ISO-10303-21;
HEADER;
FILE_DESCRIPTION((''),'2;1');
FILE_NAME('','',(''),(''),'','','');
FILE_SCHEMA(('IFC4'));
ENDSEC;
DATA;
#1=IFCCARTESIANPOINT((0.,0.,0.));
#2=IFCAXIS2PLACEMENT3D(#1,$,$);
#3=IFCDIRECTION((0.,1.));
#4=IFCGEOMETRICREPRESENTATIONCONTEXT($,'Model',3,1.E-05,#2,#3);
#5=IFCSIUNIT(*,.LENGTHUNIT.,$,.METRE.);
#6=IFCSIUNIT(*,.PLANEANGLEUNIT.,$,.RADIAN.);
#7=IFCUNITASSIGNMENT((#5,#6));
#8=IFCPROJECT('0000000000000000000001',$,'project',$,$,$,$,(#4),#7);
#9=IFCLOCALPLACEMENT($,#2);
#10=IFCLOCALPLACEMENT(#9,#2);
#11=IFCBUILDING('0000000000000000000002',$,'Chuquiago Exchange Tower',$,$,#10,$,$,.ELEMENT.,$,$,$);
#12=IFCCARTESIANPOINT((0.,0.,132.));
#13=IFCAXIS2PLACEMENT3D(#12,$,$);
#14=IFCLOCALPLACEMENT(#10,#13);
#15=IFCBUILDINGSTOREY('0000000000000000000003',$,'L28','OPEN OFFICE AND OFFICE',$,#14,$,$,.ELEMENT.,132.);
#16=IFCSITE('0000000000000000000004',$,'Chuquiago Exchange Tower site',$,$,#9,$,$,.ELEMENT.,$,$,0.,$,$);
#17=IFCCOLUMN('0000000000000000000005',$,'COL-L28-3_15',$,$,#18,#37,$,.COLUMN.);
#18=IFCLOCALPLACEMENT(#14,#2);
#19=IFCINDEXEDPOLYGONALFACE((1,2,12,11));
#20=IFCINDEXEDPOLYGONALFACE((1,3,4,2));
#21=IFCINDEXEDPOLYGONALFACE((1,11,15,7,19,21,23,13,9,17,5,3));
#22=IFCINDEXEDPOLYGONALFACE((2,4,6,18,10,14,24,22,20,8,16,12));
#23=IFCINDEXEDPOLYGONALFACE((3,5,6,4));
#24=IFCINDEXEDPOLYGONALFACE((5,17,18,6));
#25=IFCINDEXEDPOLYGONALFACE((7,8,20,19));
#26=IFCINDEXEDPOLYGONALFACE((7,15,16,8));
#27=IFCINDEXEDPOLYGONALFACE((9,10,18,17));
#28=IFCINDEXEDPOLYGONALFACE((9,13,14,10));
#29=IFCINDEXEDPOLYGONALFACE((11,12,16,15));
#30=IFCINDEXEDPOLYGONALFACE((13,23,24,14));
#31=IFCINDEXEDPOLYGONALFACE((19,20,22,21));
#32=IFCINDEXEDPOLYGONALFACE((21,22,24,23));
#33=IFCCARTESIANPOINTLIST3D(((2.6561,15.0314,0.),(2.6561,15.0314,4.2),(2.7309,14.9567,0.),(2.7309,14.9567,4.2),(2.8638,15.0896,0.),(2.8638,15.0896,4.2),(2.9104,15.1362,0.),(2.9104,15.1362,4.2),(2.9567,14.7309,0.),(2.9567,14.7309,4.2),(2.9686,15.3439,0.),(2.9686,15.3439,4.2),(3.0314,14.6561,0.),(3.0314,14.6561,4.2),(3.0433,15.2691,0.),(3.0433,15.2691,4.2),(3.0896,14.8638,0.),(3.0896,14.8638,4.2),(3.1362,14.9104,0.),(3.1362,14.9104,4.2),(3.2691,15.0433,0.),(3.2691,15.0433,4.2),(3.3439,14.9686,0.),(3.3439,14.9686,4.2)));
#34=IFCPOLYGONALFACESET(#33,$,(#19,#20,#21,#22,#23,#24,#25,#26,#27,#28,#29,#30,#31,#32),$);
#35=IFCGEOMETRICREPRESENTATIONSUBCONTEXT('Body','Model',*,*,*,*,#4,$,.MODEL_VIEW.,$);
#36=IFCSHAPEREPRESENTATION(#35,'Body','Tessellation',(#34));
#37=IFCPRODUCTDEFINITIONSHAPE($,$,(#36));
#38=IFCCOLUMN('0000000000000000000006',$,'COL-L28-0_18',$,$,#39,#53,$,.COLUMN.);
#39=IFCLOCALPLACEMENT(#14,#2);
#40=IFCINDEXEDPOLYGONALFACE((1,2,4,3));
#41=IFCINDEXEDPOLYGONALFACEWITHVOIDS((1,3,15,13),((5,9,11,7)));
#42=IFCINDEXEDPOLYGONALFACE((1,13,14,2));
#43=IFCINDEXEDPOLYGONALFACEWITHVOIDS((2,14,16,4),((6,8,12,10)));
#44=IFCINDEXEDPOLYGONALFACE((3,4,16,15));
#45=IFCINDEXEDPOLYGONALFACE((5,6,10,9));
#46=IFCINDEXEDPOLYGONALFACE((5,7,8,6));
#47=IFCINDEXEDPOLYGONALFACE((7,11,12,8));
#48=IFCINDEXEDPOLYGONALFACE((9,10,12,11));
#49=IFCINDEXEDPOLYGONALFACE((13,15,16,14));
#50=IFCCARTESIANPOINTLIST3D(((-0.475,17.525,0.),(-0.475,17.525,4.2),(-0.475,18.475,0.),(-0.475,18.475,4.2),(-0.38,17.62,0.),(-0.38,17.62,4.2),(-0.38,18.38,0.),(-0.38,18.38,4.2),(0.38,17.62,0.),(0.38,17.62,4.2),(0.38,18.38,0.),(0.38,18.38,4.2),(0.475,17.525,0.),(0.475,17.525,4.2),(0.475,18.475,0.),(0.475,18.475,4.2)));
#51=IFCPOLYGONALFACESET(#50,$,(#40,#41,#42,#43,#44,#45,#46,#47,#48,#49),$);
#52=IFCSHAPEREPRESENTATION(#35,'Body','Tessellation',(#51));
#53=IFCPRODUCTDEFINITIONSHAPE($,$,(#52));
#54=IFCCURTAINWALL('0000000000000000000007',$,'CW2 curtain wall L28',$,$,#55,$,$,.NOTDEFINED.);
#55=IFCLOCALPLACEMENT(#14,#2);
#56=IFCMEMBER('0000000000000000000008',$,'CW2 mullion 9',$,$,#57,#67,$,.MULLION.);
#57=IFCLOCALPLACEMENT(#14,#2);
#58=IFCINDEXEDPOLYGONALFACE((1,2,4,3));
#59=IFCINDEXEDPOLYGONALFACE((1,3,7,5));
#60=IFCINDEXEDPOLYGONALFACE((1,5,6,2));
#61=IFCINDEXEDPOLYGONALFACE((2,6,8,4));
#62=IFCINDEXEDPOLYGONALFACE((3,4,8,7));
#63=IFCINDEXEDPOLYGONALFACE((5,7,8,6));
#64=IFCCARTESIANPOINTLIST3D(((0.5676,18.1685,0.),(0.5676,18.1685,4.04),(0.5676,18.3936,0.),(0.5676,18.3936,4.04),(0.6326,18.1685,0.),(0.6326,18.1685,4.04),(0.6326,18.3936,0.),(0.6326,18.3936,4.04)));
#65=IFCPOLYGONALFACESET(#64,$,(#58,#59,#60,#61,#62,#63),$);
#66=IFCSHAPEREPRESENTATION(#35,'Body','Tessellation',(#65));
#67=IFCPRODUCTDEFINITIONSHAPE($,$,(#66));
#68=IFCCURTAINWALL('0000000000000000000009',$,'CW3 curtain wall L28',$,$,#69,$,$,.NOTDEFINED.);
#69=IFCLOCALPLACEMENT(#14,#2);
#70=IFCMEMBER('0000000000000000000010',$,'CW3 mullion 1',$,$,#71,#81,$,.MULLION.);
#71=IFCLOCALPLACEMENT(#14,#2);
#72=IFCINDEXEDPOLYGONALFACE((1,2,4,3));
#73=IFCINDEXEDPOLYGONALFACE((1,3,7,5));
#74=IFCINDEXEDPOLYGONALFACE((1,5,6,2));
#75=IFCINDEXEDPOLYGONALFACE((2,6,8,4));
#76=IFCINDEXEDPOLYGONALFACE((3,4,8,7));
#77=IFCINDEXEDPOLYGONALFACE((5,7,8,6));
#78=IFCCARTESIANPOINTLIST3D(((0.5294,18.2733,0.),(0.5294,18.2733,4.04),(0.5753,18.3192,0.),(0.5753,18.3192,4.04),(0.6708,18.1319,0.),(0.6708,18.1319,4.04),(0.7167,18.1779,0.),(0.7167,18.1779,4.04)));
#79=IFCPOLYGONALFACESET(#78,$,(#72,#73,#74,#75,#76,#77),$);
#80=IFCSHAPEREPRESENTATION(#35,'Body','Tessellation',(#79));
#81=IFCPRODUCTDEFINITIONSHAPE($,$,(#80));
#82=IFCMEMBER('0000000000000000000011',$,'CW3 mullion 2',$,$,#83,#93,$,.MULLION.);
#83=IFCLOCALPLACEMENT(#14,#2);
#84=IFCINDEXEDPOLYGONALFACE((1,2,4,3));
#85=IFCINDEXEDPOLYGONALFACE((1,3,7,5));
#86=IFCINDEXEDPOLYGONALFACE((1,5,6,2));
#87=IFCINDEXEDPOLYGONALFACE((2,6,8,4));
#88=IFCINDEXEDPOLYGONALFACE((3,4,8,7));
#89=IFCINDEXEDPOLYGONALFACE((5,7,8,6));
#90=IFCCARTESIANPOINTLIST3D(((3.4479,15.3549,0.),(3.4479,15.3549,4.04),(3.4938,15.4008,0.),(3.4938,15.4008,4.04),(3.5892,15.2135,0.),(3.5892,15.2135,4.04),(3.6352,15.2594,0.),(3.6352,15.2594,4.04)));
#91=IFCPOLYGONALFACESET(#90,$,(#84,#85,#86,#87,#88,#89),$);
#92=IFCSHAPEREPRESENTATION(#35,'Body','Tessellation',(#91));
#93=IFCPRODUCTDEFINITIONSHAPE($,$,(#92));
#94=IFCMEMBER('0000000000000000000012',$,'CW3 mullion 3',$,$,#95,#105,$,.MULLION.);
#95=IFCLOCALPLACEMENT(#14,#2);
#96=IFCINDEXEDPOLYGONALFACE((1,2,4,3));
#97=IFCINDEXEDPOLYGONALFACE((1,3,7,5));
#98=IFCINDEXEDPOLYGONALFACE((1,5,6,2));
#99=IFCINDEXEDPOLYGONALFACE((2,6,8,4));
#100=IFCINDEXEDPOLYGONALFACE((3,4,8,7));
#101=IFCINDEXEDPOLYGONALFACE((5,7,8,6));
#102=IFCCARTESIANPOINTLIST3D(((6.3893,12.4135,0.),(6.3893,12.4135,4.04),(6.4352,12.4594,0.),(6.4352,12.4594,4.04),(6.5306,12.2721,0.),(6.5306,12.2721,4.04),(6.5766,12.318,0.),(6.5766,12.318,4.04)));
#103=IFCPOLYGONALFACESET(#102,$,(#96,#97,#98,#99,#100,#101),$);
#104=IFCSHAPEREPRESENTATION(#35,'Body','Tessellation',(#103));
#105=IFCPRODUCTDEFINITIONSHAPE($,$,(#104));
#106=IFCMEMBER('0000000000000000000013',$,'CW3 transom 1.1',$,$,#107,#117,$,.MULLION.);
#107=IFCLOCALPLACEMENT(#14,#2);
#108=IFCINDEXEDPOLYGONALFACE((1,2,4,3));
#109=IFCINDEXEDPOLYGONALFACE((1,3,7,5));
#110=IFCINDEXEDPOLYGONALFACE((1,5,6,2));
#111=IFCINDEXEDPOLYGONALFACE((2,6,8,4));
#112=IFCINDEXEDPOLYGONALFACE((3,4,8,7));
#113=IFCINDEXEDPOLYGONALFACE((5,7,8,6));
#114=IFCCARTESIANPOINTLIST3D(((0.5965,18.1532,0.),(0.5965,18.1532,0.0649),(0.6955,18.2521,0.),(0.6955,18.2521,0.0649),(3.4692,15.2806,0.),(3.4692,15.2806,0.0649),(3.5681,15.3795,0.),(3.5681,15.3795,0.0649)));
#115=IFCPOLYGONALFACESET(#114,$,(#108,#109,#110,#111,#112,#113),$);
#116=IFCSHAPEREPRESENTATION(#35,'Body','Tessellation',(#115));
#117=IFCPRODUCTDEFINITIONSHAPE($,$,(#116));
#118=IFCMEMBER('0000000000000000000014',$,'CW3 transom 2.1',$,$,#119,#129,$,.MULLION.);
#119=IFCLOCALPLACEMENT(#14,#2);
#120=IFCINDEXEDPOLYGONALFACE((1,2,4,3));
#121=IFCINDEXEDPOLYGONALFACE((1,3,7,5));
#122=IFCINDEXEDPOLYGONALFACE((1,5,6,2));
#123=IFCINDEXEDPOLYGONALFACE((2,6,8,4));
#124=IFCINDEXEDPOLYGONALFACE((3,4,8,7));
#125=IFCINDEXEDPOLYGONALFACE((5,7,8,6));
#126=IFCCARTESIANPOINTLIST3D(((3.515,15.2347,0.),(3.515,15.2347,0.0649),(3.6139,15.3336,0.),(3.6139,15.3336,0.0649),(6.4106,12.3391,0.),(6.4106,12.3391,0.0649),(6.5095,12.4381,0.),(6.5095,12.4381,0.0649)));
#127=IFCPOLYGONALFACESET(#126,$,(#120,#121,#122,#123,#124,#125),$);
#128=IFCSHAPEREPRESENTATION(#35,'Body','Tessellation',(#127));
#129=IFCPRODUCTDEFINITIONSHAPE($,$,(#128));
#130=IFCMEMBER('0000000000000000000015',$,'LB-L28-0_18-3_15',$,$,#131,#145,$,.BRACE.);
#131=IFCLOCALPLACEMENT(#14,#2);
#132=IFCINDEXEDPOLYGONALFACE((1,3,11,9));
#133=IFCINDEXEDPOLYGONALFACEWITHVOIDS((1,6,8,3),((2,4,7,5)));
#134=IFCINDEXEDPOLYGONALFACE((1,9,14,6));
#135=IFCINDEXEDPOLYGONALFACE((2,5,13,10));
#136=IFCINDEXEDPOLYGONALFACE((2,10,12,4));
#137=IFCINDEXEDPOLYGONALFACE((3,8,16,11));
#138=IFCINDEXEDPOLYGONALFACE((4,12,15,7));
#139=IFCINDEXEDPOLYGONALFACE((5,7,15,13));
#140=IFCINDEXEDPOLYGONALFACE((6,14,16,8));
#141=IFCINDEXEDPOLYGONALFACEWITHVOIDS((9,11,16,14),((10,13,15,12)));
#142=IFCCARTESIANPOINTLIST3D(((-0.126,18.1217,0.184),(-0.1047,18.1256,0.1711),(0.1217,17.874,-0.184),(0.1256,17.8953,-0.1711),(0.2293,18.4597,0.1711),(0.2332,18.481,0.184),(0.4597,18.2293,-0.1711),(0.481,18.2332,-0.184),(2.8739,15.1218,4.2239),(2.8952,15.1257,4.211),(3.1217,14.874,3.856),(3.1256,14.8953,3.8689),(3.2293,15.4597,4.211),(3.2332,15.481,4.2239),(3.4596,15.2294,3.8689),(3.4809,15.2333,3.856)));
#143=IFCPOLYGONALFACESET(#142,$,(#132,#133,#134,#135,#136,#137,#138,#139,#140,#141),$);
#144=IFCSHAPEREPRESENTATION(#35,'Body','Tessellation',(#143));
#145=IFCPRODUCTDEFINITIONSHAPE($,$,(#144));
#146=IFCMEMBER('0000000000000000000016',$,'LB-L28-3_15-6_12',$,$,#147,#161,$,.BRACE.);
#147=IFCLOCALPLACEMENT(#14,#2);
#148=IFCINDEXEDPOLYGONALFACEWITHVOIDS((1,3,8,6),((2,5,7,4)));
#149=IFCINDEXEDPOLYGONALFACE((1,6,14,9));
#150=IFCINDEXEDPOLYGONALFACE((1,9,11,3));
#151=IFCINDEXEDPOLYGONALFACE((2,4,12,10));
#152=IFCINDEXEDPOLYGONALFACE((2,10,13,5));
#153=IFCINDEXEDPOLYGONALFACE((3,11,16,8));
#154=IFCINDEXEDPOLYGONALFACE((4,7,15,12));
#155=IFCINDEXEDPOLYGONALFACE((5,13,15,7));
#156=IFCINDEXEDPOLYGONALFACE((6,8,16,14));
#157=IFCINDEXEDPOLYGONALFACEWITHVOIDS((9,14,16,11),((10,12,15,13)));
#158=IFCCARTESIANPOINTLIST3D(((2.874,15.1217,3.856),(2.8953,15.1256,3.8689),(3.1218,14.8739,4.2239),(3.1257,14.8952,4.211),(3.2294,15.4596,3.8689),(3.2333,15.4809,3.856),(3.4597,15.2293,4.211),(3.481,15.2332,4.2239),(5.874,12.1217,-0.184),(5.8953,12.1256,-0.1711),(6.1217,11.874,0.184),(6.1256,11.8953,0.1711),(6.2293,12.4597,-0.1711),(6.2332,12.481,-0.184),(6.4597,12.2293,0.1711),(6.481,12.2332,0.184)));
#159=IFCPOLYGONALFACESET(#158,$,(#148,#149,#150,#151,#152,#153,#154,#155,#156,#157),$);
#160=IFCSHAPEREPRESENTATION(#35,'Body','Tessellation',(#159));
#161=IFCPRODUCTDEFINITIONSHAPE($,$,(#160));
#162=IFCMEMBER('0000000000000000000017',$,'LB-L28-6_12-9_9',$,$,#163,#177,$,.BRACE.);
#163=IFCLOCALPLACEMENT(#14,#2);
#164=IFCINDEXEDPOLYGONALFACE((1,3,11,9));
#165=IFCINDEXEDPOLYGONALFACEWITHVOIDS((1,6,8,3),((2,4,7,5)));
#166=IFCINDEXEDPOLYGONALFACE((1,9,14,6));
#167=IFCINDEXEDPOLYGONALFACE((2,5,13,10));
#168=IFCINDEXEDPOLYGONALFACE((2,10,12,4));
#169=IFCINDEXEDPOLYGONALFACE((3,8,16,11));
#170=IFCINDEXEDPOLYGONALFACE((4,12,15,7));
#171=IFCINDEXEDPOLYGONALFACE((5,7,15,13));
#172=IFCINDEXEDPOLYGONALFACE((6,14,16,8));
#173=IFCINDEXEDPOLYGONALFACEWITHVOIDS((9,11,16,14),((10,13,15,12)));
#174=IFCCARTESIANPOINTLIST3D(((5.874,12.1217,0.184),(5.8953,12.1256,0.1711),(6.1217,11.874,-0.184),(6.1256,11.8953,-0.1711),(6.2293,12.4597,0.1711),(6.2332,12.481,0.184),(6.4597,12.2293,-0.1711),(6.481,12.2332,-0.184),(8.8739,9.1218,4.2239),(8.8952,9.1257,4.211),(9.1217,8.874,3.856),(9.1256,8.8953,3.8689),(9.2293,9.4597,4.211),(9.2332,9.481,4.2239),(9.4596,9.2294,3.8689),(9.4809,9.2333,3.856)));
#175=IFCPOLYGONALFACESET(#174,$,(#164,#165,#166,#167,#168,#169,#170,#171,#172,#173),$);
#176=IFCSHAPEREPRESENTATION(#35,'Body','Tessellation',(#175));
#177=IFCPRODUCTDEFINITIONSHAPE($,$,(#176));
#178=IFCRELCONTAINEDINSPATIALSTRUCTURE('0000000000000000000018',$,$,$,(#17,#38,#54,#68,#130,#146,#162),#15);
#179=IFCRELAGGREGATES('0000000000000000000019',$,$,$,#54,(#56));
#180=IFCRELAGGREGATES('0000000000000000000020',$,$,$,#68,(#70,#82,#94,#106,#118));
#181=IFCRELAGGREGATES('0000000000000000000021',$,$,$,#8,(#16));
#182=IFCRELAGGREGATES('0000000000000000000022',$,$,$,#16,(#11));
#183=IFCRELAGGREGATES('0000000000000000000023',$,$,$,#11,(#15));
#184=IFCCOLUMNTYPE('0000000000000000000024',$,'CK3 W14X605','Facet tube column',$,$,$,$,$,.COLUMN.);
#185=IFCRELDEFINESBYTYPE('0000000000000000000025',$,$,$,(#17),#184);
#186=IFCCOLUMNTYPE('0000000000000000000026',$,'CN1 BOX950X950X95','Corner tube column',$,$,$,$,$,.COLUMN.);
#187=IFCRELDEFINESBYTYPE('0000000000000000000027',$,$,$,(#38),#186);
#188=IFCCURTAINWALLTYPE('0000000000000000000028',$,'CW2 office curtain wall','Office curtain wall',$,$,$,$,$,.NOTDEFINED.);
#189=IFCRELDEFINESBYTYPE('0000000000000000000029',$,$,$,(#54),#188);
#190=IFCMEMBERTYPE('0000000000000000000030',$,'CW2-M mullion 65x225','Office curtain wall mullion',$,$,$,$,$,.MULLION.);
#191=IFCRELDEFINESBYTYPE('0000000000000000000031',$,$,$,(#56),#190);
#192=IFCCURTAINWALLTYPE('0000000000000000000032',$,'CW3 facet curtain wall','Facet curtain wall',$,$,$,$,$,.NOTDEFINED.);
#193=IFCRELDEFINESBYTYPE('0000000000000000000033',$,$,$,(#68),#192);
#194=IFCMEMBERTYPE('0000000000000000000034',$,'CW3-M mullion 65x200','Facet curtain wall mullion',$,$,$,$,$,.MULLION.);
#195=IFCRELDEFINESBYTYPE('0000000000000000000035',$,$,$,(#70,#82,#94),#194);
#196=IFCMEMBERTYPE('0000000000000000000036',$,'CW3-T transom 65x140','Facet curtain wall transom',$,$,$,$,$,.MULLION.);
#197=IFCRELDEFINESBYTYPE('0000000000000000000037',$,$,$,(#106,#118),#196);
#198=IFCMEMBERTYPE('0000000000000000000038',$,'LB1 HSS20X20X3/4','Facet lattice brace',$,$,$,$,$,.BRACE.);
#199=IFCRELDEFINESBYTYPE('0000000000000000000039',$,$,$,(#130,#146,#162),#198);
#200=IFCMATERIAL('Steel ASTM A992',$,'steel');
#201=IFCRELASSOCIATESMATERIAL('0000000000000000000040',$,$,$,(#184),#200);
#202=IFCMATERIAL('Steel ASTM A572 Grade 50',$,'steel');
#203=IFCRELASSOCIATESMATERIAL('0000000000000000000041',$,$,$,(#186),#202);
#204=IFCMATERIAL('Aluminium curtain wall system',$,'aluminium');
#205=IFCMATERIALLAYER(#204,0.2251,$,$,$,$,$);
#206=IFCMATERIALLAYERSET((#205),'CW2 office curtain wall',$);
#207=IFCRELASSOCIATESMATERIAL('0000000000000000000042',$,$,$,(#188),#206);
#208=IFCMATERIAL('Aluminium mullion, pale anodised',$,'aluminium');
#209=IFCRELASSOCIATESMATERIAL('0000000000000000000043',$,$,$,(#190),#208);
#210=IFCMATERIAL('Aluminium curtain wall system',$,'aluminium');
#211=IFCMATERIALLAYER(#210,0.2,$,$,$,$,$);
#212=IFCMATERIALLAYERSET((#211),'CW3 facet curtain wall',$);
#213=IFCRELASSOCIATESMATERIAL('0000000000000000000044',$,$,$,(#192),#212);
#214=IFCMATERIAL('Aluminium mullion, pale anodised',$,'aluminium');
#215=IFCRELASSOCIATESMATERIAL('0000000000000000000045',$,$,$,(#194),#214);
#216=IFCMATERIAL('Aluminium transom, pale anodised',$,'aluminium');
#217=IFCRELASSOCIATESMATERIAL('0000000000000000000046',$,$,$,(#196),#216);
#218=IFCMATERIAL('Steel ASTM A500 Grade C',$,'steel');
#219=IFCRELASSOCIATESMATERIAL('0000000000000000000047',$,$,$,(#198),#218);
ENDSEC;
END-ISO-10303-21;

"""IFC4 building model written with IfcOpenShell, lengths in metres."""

from ifc_helpers import new_model, si_unit, direction, frame, origin, origin_2d, place, context, subcontext, project, spatial, rectangle, hollow_rectangle, i_section, extrude, material, layer, layer_set, material_profile, profile_set, type_object, element, aggregate, save


model = new_model("IFC4")

# Units and contexts
model_context = context("Model", 3, precision=1e-05, world=origin(), true_north=direction((0.0, 1.0)))
body_context = subcontext(model_context, "Body", "Model", "MODEL_VIEW")
ifc_project = project(units=[si_unit("LENGTHUNIT", "METRE"), si_unit("PLANEANGLEUNIT", "RADIAN")], contexts=[model_context])

# Site, building, storey
site_placement = place(None, origin())
site = spatial("IfcSite", under=ifc_project, at=site_placement, Name="Chuquiago Exchange Tower site", CompositionType="ELEMENT", RefElevation=0.0)
building_placement = place(site_placement, origin())
building = spatial("IfcBuilding", under=site, at=building_placement, Name="Chuquiago Exchange Tower", CompositionType="ELEMENT")
storey_placement = place(building_placement, frame((0.0, 0.0, 132.0)))
storey = spatial("IfcBuildingStorey", under=building, at=storey_placement, Name="L28", Description="OPEN OFFICE AND OFFICE", CompositionType="ELEMENT", Elevation=132.0)

# Columns
ifc_material_1 = material(Name="Steel ASTM A992", Category="steel")
ifc_material_profile_1 = material_profile(ifc_material_1, i_section(OverallWidth=0.4419, OverallDepth=0.5308, WebThickness=0.0659, FlangeThickness=0.1057, at=origin_2d()), Name="W14X605")
ifc_profile_set_1 = profile_set([ifc_material_profile_1], Name="Steel ASTM A992")
column_type_1 = type_object("IfcColumnType", Name="CK3 W14X605", Description="Facet tube column", PredefinedType="COLUMN", material=ifc_profile_set_1)
column_1_placement = place(storey_placement, frame((3.0, 15.0, 0.0), z_axis=(0.0, 0.0, 1.0), x_axis=(-0.707107, -0.707107, 0.0)))
element("IfcColumn", 1, at=column_1_placement, inside=storey, type_object=column_type_1, Name="COL-L28-3_15", PredefinedType="COLUMN", context=body_context, shape_type="SweptSolid", body=[
    extrude(i_section(OverallWidth=0.4419, OverallDepth=0.5308, WebThickness=0.0659, FlangeThickness=0.1057, at=origin_2d()), origin(), (0.0, 0.0, 1.0), 4.2),
])
ifc_material_2 = material(Name="Steel ASTM A572 Grade 50", Category="steel")
ifc_material_profile_2 = material_profile(ifc_material_2, hollow_rectangle(XDim=0.95, YDim=0.95, WallThickness=0.095, at=origin_2d()), Name="BOX950X950X95")
ifc_profile_set_2 = profile_set([ifc_material_profile_2], Name="Steel ASTM A572 Grade 50")
column_type_2 = type_object("IfcColumnType", Name="CN1 BOX950X950X95", Description="Corner tube column", PredefinedType="COLUMN", material=ifc_profile_set_2)
column_2_placement = place(storey_placement, frame((0.0, 18.0, 0.0), z_axis=(0.0, 0.0, 1.0), x_axis=(-1.0, 0.0, 0.0)))
element("IfcColumn", 2, at=column_2_placement, inside=storey, type_object=column_type_2, Name="COL-L28-0_18", PredefinedType="COLUMN", context=body_context, shape_type="SweptSolid", body=[
    extrude(hollow_rectangle(XDim=0.95, YDim=0.95, WallThickness=0.095, at=origin_2d()), origin(), (0.0, 0.0, 1.0), 4.2),
])

# Curtain wall, member
ifc_material_3 = material(Name="Aluminium curtain wall system", Category="aluminium")
ifc_layer_1 = layer(ifc_material_3, 0.2251)
ifc_layer_set_1 = layer_set([ifc_layer_1], Name="CW2 office curtain wall")
curtain_wall_type_1 = type_object("IfcCurtainWallType", Name="CW2 office curtain wall", Description="Office curtain wall", PredefinedType="NOTDEFINED", material=ifc_layer_set_1)
curtain_wall_1_placement = place(storey_placement, origin())
curtain_wall_1 = element("IfcCurtainWall", 3, at=curtain_wall_1_placement, inside=storey, type_object=curtain_wall_type_1, Name="CW2 curtain wall L28", PredefinedType="NOTDEFINED")
ifc_material_4 = material(Name="Aluminium mullion, pale anodised", Category="aluminium")
ifc_material_profile_3 = material_profile(ifc_material_4, rectangle(XDim=0.0649, YDim=0.2251, at=origin_2d()), Name="AL 65x225")
ifc_profile_set_3 = profile_set([ifc_material_profile_3], Name="Aluminium mullion, pale anodised")
member_type_1 = type_object("IfcMemberType", Name="CW2-M mullion 65x225", Description="Office curtain wall mullion", PredefinedType="MULLION", material=ifc_profile_set_3)
member_1_placement = place(storey_placement, frame((0.6001, 18.281, 0.0), z_axis=(0.0, 0.0, 1.0), x_axis=(1.0, 0.0, 0.0)))
member_1 = element("IfcMember", 4, at=member_1_placement, type_object=member_type_1, Name="CW2 mullion 9", PredefinedType="MULLION", context=body_context, shape_type="SweptSolid", body=[
    extrude(rectangle(XDim=0.0649, YDim=0.2251, at=origin_2d()), origin(), (0.0, 0.0, 1.0), 4.04),
])
aggregate(curtain_wall_1, [member_1])

# Curtain wall, members
ifc_material_5 = material(Name="Aluminium curtain wall system", Category="aluminium")
ifc_layer_2 = layer(ifc_material_5, 0.2)
ifc_layer_set_2 = layer_set([ifc_layer_2], Name="CW3 facet curtain wall")
curtain_wall_type_2 = type_object("IfcCurtainWallType", Name="CW3 facet curtain wall", Description="Facet curtain wall", PredefinedType="NOTDEFINED", material=ifc_layer_set_2)
curtain_wall_2_placement = place(storey_placement, origin())
curtain_wall_2 = element("IfcCurtainWall", 5, at=curtain_wall_2_placement, inside=storey, type_object=curtain_wall_type_2, Name="CW3 curtain wall L28", PredefinedType="NOTDEFINED")
ifc_material_6 = material(Name="Aluminium mullion, pale anodised", Category="aluminium")
ifc_material_profile_4 = material_profile(ifc_material_6, rectangle(XDim=0.0649, YDim=0.2, at=origin_2d()), Name="AL 65x200")
ifc_profile_set_4 = profile_set([ifc_material_profile_4], Name="Aluminium mullion, pale anodised")
member_type_2 = type_object("IfcMemberType", Name="CW3-M mullion 65x200", Description="Facet curtain wall mullion", PredefinedType="MULLION", material=ifc_profile_set_4)
member_2_placement = place(storey_placement, frame((0.623, 18.2256, 0.0), z_axis=(0.0, 0.0, 1.0), x_axis=(0.707107, 0.707107, 0.0)))
member_2 = element("IfcMember", 6, at=member_2_placement, type_object=member_type_2, Name="CW3 mullion 1", PredefinedType="MULLION", context=body_context, shape_type="SweptSolid", body=[
    extrude(rectangle(XDim=0.0649, YDim=0.2, at=origin_2d()), origin(), (0.0, 0.0, 1.0), 4.04),
])
member_3_placement = place(storey_placement, frame((3.5415, 15.3071, 0.0), z_axis=(0.0, 0.0, 1.0), x_axis=(0.707107, 0.707107, 0.0)))
member_3 = element("IfcMember", 7, at=member_3_placement, type_object=member_type_2, Name="CW3 mullion 2", PredefinedType="MULLION", context=body_context, shape_type="SweptSolid", body=[
    extrude(rectangle(XDim=0.0649, YDim=0.2, at=origin_2d()), origin(), (0.0, 0.0, 1.0), 4.04),
])
member_4_placement = place(storey_placement, frame((6.4829, 12.3657, 0.0), z_axis=(0.0, 0.0, 1.0), x_axis=(0.707107, 0.707107, 0.0)))
member_4 = element("IfcMember", 8, at=member_4_placement, type_object=member_type_2, Name="CW3 mullion 3", PredefinedType="MULLION", context=body_context, shape_type="SweptSolid", body=[
    extrude(rectangle(XDim=0.0649, YDim=0.2, at=origin_2d()), origin(), (0.0, 0.0, 1.0), 4.04),
])
ifc_material_7 = material(Name="Aluminium transom, pale anodised", Category="aluminium")
ifc_material_profile_5 = material_profile(ifc_material_7, rectangle(XDim=0.1399, YDim=0.0649, at=origin_2d()), Name="AL 140x65")
ifc_profile_set_5 = profile_set([ifc_material_profile_5], Name="Aluminium transom, pale anodised")
member_type_3 = type_object("IfcMemberType", Name="CW3-T transom 65x140", Description="Facet curtain wall transom", PredefinedType="MULLION", material=ifc_profile_set_5)
member_5_placement = place(storey_placement, frame((0.646, 18.2026, 0.0325), z_axis=(0.707107, -0.707107, 0.0), x_axis=(0.707107, 0.707107, 0.0)))
member_5 = element("IfcMember", 9, at=member_5_placement, type_object=member_type_3, Name="CW3 transom 1.1", PredefinedType="MULLION", context=body_context, shape_type="SweptSolid", body=[
    extrude(rectangle(XDim=0.1399, YDim=0.0649, at=origin_2d()), origin(), (0.0, 0.0, 1.0), 4.0625),
])
member_6_placement = place(storey_placement, frame((3.5645, 15.2842, 0.0325), z_axis=(0.707107, -0.707107, 0.0), x_axis=(0.707107, 0.707107, 0.0)))
member_6 = element("IfcMember", 10, at=member_6_placement, type_object=member_type_3, Name="CW3 transom 2.1", PredefinedType="MULLION", context=body_context, shape_type="SweptSolid", body=[
    extrude(rectangle(XDim=0.1399, YDim=0.0649, at=origin_2d()), origin(), (0.0, 0.0, 1.0), 4.095),
])

# Members
ifc_material_8 = material(Name="Steel ASTM A500 Grade C", Category="steel")
ifc_material_profile_6 = material_profile(ifc_material_8, hollow_rectangle(XDim=0.5081, YDim=0.5081, WallThickness=0.0178, at=origin_2d()), Name="HSS20X20X3/4")
ifc_profile_set_6 = profile_set([ifc_material_profile_6], Name="Steel ASTM A500 Grade C")
member_type_4 = type_object("IfcMemberType", Name="LB1 HSS20X20X3/4", Description="Facet lattice brace", PredefinedType="BRACE", material=ifc_profile_set_6)
for number, where, z_axis, x_axis, name in (
    (11, (0.1775, 18.1775, 0.0), (0.512077, -0.512077, 0.689604), (0.707107, 0.707107, 0.0), "LB-L28-0_18-3_15"),
    (12, (6.1775, 12.1775, 0.0), (-0.512077, 0.512077, 0.689604), (-0.707107, -0.707107, 0.0), "LB-L28-3_15-6_12"),
    (13, (6.1775, 12.1775, 0.0), (0.512077, -0.512077, 0.689604), (0.707107, 0.707107, 0.0), "LB-L28-6_12-9_9"),
):
    element("IfcMember", number, at=place(storey_placement, frame(where, z_axis=z_axis, x_axis=x_axis)), inside=storey, type_object=member_type_4, Name=name, PredefinedType="BRACE", context=body_context, shape_type="SweptSolid", body=[
        extrude(hollow_rectangle(XDim=0.5081, YDim=0.5081, WallThickness=0.0178, at=origin_2d()), origin(), (0.0, 0.0, 1.0), 5.8584),
    ])

aggregate(curtain_wall_2, [member_2, member_3, member_4, member_5, member_6])

save(model, "model.ifc")
